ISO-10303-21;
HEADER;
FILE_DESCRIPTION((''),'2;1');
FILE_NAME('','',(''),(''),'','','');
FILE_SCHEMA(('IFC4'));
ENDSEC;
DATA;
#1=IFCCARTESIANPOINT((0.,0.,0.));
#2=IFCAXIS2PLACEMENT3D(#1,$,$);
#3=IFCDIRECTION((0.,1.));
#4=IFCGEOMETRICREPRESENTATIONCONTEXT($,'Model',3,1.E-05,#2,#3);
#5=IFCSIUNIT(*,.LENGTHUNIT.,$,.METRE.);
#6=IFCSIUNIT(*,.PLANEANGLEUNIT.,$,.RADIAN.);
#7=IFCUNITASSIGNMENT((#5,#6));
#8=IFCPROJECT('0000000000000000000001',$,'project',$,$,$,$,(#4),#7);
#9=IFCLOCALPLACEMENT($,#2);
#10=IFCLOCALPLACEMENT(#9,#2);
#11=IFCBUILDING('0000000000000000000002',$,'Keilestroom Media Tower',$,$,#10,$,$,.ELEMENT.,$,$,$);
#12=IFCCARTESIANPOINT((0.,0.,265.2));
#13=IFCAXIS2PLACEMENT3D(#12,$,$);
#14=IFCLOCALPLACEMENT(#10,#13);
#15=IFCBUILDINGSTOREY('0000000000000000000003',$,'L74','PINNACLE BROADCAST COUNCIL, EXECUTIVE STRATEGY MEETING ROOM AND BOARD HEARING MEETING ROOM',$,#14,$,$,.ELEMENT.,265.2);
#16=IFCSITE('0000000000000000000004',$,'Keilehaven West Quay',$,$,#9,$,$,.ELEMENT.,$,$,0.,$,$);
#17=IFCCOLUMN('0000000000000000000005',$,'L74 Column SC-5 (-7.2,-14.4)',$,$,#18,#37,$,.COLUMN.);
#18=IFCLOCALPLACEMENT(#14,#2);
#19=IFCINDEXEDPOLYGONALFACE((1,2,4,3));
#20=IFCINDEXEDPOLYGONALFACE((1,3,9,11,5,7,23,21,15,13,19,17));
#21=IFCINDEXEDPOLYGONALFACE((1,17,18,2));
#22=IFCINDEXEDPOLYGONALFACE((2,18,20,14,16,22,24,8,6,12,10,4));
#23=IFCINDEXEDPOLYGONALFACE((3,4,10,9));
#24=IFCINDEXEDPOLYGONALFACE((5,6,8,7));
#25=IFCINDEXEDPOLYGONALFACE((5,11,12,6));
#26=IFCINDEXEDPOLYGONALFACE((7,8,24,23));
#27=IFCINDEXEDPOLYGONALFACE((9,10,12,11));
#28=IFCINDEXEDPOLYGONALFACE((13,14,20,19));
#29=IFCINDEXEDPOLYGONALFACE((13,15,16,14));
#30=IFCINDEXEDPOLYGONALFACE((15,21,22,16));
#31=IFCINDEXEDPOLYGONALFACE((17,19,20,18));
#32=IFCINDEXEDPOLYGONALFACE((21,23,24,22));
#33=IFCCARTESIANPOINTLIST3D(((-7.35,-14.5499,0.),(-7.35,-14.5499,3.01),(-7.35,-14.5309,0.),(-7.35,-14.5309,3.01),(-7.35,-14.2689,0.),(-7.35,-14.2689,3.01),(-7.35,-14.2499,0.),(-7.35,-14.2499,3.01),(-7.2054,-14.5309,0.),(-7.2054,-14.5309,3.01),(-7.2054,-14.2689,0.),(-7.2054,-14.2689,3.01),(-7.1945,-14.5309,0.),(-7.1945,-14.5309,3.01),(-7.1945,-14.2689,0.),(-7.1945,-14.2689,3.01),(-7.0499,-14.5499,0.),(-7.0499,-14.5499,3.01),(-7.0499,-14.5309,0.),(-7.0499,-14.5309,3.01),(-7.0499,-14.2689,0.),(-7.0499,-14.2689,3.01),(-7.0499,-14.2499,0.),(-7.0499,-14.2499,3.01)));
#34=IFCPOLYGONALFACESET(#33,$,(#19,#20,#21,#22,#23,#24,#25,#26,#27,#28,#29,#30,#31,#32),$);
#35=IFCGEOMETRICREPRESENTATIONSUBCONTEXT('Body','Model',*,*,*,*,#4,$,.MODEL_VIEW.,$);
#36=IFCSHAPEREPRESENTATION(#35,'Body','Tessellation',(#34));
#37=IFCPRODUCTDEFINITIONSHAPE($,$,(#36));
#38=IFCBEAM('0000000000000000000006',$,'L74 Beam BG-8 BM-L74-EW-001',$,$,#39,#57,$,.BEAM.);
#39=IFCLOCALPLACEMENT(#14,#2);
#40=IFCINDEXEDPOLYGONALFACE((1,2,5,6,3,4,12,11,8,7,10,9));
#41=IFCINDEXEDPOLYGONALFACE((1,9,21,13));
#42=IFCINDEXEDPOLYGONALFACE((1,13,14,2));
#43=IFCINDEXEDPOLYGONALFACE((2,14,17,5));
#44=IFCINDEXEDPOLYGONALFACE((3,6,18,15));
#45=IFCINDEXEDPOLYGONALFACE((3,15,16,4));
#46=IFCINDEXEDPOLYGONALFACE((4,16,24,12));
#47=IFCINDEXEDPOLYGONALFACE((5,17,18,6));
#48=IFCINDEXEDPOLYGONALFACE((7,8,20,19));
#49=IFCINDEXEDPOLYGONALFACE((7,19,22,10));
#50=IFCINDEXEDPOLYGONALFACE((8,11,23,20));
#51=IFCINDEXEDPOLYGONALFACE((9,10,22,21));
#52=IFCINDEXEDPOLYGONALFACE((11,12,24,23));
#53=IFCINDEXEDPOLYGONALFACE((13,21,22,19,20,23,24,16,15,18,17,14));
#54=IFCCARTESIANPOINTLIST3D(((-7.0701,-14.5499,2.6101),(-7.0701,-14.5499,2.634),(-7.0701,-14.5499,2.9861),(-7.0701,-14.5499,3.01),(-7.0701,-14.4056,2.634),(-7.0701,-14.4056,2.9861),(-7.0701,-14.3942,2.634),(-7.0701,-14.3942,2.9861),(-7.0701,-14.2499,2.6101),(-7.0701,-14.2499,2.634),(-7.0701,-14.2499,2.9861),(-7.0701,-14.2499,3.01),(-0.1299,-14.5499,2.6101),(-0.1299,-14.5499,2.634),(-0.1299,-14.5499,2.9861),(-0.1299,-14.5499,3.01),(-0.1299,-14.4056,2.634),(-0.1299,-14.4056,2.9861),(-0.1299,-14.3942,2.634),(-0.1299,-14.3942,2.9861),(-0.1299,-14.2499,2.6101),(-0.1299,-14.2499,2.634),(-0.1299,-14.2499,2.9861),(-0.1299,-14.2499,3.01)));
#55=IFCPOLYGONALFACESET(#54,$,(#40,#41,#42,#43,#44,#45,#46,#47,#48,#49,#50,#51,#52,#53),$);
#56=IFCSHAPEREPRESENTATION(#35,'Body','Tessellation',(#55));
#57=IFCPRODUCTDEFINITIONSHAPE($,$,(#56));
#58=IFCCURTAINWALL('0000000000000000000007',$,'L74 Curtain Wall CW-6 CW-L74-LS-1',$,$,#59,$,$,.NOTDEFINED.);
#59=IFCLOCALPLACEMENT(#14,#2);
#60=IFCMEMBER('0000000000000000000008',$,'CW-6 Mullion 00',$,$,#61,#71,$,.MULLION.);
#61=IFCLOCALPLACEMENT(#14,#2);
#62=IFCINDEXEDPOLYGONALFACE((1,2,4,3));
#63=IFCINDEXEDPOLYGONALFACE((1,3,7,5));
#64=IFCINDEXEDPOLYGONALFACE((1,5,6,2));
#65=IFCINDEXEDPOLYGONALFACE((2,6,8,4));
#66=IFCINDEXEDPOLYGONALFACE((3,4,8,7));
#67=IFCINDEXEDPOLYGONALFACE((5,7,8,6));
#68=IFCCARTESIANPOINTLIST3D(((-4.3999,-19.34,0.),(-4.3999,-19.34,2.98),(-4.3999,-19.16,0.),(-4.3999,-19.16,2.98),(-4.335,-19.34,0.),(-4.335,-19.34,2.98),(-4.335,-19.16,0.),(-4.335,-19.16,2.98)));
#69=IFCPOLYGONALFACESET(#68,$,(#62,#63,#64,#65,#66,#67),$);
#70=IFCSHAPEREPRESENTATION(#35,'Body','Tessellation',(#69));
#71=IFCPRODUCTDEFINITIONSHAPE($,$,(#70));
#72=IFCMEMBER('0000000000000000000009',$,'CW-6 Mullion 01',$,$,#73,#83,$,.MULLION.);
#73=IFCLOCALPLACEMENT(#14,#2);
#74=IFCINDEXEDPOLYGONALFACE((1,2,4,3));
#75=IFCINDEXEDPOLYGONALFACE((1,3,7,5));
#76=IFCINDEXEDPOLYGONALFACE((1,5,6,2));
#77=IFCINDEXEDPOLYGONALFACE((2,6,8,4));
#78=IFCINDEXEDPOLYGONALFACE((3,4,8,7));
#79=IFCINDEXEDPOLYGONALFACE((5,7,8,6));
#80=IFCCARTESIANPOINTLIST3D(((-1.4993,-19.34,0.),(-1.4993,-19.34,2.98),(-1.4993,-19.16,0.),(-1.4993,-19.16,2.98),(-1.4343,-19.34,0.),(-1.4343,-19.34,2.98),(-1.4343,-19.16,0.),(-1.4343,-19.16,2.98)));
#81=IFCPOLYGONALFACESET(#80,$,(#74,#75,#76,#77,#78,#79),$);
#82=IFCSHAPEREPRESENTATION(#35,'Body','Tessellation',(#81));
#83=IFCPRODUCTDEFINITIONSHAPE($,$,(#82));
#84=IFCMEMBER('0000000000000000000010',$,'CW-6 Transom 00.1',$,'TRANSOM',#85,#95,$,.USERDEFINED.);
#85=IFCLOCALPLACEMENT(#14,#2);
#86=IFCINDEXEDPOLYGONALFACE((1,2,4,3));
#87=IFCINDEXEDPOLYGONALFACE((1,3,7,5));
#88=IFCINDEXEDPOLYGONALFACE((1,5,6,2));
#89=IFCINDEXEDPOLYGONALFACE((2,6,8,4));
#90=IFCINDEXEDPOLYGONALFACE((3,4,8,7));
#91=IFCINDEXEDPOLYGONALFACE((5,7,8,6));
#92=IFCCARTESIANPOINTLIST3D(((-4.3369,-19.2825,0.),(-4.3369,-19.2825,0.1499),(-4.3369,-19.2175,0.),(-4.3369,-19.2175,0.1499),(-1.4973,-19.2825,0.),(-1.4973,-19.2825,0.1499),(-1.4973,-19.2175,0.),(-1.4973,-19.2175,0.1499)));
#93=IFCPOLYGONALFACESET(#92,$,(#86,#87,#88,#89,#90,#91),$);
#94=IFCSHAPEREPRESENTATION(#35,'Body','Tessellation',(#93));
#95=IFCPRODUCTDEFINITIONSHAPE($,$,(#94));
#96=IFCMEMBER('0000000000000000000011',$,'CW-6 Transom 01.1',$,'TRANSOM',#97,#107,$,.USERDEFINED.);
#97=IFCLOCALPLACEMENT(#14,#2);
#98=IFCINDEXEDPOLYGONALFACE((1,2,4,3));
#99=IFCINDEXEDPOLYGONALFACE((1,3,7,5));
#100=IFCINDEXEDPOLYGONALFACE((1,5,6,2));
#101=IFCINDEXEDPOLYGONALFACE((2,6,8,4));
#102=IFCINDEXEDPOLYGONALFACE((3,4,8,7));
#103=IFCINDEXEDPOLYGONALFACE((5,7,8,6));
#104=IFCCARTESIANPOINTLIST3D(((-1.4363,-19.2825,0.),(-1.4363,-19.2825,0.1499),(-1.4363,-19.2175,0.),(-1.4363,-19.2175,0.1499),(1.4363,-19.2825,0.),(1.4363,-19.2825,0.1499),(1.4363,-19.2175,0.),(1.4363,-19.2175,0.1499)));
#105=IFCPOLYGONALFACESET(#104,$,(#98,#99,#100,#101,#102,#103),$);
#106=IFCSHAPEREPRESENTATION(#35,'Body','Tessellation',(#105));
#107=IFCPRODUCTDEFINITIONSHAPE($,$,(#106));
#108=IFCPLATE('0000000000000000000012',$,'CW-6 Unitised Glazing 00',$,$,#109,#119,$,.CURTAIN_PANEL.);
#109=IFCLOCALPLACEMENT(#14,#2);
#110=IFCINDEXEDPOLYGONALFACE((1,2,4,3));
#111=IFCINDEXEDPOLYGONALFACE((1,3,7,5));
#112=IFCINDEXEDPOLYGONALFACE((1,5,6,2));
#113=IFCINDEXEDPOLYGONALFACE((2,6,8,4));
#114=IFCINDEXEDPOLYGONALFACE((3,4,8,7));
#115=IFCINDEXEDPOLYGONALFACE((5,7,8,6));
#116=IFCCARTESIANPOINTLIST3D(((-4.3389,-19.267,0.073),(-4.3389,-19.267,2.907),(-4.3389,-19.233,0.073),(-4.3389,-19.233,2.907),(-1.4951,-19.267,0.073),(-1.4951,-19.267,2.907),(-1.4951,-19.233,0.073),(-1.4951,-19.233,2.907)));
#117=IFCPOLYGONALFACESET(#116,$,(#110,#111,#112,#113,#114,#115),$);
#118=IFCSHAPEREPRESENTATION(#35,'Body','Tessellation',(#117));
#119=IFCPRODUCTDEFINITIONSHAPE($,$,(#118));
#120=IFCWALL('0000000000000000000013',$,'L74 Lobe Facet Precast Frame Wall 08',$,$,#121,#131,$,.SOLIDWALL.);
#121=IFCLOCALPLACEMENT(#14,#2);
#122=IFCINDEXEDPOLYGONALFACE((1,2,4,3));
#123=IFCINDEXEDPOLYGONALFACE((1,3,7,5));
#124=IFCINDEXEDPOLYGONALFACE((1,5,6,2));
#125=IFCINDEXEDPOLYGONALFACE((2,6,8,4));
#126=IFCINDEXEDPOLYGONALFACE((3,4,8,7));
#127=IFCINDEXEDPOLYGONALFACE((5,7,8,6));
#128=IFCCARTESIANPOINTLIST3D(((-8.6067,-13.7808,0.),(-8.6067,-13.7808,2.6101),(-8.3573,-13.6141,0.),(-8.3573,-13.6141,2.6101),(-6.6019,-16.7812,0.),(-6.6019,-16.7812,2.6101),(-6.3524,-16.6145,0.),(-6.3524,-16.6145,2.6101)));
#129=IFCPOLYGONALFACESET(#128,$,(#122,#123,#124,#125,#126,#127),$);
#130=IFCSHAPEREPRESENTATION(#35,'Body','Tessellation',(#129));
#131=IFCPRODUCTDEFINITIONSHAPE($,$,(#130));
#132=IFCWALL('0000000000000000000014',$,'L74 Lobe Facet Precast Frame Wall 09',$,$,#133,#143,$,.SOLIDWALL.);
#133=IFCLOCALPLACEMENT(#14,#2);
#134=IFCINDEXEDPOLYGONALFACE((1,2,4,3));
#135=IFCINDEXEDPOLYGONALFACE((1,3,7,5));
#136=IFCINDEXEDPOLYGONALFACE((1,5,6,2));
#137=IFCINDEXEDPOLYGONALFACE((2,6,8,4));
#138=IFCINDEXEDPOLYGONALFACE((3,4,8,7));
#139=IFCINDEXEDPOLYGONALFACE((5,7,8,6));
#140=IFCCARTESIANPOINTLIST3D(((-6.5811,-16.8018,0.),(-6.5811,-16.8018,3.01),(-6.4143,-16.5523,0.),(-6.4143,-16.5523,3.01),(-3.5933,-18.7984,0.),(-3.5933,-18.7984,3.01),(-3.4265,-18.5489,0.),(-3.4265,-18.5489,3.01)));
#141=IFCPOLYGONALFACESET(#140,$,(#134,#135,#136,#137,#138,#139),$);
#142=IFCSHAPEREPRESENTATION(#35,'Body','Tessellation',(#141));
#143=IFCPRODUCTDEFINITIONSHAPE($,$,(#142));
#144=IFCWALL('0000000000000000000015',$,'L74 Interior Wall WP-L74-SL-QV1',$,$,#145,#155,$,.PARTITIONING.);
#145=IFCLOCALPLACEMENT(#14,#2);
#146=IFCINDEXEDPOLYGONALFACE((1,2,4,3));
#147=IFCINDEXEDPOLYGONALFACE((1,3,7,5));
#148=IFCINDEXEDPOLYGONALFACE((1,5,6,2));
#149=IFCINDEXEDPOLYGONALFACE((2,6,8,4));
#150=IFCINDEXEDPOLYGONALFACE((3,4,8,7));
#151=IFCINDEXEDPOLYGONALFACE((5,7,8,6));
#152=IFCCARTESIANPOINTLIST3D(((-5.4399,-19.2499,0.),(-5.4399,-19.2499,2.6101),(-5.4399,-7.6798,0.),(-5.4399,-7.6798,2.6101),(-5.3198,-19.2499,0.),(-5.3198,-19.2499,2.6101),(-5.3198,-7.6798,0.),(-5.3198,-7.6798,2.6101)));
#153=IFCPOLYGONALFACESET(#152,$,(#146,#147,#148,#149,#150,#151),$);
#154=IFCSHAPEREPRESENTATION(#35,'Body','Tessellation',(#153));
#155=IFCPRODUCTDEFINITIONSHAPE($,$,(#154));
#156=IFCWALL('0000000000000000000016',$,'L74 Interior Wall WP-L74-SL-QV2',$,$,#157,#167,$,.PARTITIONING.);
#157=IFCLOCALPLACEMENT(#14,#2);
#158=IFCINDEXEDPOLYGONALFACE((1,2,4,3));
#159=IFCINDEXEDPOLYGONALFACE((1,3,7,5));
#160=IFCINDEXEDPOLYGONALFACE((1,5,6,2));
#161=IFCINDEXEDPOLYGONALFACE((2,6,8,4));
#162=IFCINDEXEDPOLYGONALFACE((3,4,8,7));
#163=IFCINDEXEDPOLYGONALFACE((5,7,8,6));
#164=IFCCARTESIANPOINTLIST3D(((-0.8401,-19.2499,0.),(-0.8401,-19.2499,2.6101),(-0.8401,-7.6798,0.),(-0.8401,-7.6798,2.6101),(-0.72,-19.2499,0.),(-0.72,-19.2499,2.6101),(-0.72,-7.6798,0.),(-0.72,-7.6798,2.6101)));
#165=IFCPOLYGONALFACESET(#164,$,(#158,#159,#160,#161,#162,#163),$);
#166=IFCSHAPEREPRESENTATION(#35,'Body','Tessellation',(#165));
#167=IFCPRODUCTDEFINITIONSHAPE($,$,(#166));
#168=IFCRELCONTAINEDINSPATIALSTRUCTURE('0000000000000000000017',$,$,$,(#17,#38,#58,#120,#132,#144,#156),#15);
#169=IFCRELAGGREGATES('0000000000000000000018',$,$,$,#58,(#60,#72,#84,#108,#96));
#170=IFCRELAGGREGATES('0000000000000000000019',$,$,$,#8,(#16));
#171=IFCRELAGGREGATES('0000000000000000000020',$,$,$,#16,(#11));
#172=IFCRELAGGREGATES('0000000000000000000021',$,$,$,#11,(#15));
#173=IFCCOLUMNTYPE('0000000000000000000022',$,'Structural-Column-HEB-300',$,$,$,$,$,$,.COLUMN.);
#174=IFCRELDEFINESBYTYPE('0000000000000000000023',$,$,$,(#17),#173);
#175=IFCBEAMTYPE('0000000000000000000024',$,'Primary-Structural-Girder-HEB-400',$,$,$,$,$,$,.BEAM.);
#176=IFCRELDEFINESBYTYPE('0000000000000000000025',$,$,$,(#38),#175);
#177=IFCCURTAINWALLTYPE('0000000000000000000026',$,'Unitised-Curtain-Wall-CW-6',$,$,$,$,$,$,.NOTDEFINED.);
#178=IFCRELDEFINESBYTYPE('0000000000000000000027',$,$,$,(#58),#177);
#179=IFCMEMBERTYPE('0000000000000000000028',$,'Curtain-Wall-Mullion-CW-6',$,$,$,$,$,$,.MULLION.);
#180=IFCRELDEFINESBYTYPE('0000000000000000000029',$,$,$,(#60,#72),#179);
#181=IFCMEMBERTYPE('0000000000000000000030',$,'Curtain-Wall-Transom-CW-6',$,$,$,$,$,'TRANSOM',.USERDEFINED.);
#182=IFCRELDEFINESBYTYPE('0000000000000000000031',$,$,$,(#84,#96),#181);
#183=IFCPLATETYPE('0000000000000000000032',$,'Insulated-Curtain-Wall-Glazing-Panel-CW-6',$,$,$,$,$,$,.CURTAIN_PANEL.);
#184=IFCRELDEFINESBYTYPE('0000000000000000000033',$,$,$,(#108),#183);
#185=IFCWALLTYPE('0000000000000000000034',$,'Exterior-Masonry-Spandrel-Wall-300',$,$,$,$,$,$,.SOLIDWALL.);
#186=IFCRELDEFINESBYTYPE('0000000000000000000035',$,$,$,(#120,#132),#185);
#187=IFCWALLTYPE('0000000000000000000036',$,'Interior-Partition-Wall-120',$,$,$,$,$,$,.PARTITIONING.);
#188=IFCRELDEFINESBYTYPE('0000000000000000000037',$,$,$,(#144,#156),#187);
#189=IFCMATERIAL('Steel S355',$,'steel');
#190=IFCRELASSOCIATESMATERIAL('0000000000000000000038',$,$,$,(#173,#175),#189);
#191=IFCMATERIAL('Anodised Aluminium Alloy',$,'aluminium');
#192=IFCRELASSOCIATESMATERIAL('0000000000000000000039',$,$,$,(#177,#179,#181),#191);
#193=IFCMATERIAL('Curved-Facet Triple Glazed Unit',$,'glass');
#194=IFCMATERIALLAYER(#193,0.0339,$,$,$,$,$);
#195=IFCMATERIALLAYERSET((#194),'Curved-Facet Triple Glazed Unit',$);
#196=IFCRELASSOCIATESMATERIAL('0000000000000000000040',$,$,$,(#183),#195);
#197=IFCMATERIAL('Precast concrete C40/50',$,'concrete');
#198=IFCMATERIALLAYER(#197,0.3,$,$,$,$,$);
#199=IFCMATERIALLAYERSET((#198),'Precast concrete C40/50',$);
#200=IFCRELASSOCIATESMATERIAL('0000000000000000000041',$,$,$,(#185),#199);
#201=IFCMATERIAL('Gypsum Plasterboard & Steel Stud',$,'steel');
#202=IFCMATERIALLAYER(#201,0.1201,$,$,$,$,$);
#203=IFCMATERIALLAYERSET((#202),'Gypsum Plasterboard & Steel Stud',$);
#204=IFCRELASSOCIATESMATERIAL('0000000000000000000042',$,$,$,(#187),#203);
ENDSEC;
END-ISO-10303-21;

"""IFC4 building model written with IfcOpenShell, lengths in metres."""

from ifc_helpers import new_model, si_unit, direction, frame, frame_2d, origin, origin_2d, place, context, subcontext, project, spatial, rectangle, i_section, extrude, source, transform, mapped, material, layer, layer_set, material_profile, profile_set, type_object, element, aggregate, save


model = new_model("IFC4")

# Units and contexts
model_context = context("Model", 3, precision=1e-05, world=origin(), true_north=direction((0.0, 1.0)))
body_context = subcontext(model_context, "Body", "Model", "MODEL_VIEW")
ifc_project = project(units=[si_unit("LENGTHUNIT", "METRE"), si_unit("PLANEANGLEUNIT", "RADIAN")], contexts=[model_context])

# Site, building, storey
site_placement = place(None, origin())
site = spatial("IfcSite", under=ifc_project, at=site_placement, Name="Keilehaven West Quay", CompositionType="ELEMENT", RefElevation=0.0)
building_placement = place(site_placement, origin())
building = spatial("IfcBuilding", under=site, at=building_placement, Name="Keilestroom Media Tower", CompositionType="ELEMENT")
storey_placement = place(building_placement, frame((0.0, 0.0, 265.2)))
storey = spatial("IfcBuildingStorey", under=building, at=storey_placement, Name="L74", Description="PINNACLE BROADCAST COUNCIL, EXECUTIVE STRATEGY MEETING ROOM AND BOARD HEARING MEETING ROOM", CompositionType="ELEMENT", Elevation=265.2)

# Column
ifc_material_1 = material(Name="Steel S355", Category="steel")
ifc_material_profile_1 = material_profile(ifc_material_1, i_section(OverallWidth=0.3, OverallDepth=0.3, WebThickness=0.011, FlangeThickness=0.019, at=origin_2d()), Name="HEB 300")
ifc_profile_set_1 = profile_set([ifc_material_profile_1], Name="Steel S355")
column_type = type_object("IfcColumnType", Name="Structural-Column-HEB-300", PredefinedType="COLUMN", material=ifc_profile_set_1)
shared_shape_1 = source(origin(), body_context, "Body", "SweptSolid", [
    extrude(i_section(OverallWidth=0.3, OverallDepth=0.3, WebThickness=0.011, FlangeThickness=0.019, at=origin_2d()), origin(), (0.0, 0.0, 1.0), 3.01),
])
column_placement = place(storey_placement, frame((-7.2, -14.3999, 0.0), z_axis=(0.0, 0.0, 1.0), x_axis=(1.0, 0.0, 0.0)))
element("IfcColumn", 1, at=column_placement, inside=storey, type_object=column_type, Name="L74 Column SC-5 (-7.2,-14.4)", PredefinedType="COLUMN", context=body_context, shape_type="MappedRepresentation", body=[
    mapped(shared_shape_1, transform((0.0, 0.0, 0.0), x_axis=(1.0, 0.0, 0.0), y_axis=(0.0, 1.0, 0.0), z_axis=(0.0, 0.0, 1.0), scale=1.0)),
])

# Beam
ifc_material_profile_2 = material_profile(ifc_material_1, i_section(OverallWidth=0.3, OverallDepth=0.3999, WebThickness=0.0115, FlangeThickness=0.0239, at=origin_2d()), Name="HEB 400")
ifc_profile_set_2 = profile_set([ifc_material_profile_2], Name="Steel S355")
beam_type = type_object("IfcBeamType", Name="Primary-Structural-Girder-HEB-400", PredefinedType="BEAM", material=ifc_profile_set_2)
shared_shape_2 = source(origin(), body_context, "Body", "SweptSolid", [
    extrude(i_section(OverallWidth=0.3, OverallDepth=0.3999, WebThickness=0.0115, FlangeThickness=0.0239, at=origin_2d()), origin(), (0.0, 0.0, 1.0), 6.9402),
])
beam_placement = place(storey_placement, frame((-7.0701, -14.3999, 2.8101), z_axis=(1.0, 0.0, 0.0), x_axis=(0.0, 1.0, 0.0)))
element("IfcBeam", 2, at=beam_placement, inside=storey, type_object=beam_type, Name="L74 Beam BG-8 BM-L74-EW-001", PredefinedType="BEAM", context=body_context, shape_type="MappedRepresentation", body=[
    mapped(shared_shape_2, transform((0.0, 0.0, 0.0), x_axis=(1.0, 0.0, 0.0), y_axis=(0.0, 1.0, 0.0), z_axis=(0.0, 0.0, 1.0), scale=1.0)),
])

# Curtain wall, members, plate
ifc_material_2 = material(Name="Anodised Aluminium Alloy", Category="aluminium")
curtain_wall_type = type_object("IfcCurtainWallType", Name="Unitised-Curtain-Wall-CW-6", PredefinedType="NOTDEFINED", material=ifc_material_2)
curtain_wall_placement = place(storey_placement, origin())
curtain_wall = element("IfcCurtainWall", 3, at=curtain_wall_placement, inside=storey, type_object=curtain_wall_type, Name="L74 Curtain Wall CW-6 CW-L74-LS-1", PredefinedType="NOTDEFINED")
ifc_material_profile_3 = material_profile(ifc_material_2, rectangle(XDim=0.0649, YDim=0.1799, at=origin_2d()), Name="ALU MULLION 65x180")
ifc_profile_set_3 = profile_set([ifc_material_profile_3], Name="Anodised Aluminium Alloy")
member_type_1 = type_object("IfcMemberType", Name="Curtain-Wall-Mullion-CW-6", PredefinedType="MULLION", material=ifc_profile_set_3)
shared_shape_3 = source(origin(), body_context, "Body", "SweptSolid", [
    extrude(rectangle(XDim=0.0649, YDim=0.1799, at=origin_2d()), origin(), (0.0, 0.0, 1.0), 2.98),
])
member_1_placement = place(storey_placement, frame((-4.3674, -19.25, 0.0), z_axis=(0.0, 0.0, 1.0), x_axis=(1.0, 0.0, 0.0)))
member_1 = element("IfcMember", 4, at=member_1_placement, type_object=member_type_1, Name="CW-6 Mullion 00", PredefinedType="MULLION", context=body_context, shape_type="MappedRepresentation", body=[
    mapped(shared_shape_3, transform((0.0, 0.0, 0.0), x_axis=(1.0, 0.0, 0.0), y_axis=(0.0, 1.0, 0.0), z_axis=(0.0, 0.0, 1.0), scale=1.0)),
])
member_2_placement = place(storey_placement, frame((-1.4668, -19.25, 0.0), z_axis=(0.0, 0.0, 1.0), x_axis=(1.0, 0.0, 0.0)))
member_2 = element("IfcMember", 5, at=member_2_placement, type_object=member_type_1, Name="CW-6 Mullion 01", PredefinedType="MULLION", context=body_context, shape_type="MappedRepresentation", body=[
    mapped(shared_shape_3, transform((0.0, 0.0, 0.0), x_axis=(1.0, 0.0, 0.0), y_axis=(0.0, 1.0, 0.0), z_axis=(0.0, 0.0, 1.0), scale=1.0)),
])
ifc_material_profile_4 = material_profile(ifc_material_2, rectangle(XDim=0.0649, YDim=0.1499, at=origin_2d()), Name="ALU TRANSOM 65x150")
ifc_profile_set_4 = profile_set([ifc_material_profile_4], Name="Anodised Aluminium Alloy")
member_type_2 = type_object("IfcMemberType", Name="Curtain-Wall-Transom-CW-6", ElementType="TRANSOM", PredefinedType="USERDEFINED", material=ifc_profile_set_4)
shared_shape_4 = source(origin(), body_context, "Body", "SweptSolid", [
    extrude(rectangle(XDim=0.0649, YDim=0.1499, at=origin_2d()), origin(), (0.0, 0.0, 1.0), 2.8396),
])
member_3_placement = place(storey_placement, frame((-4.3369, -19.25, 0.075), z_axis=(1.0, 0.0, 0.0), x_axis=(0.0, 1.0, 0.0)))
member_3 = element("IfcMember", 6, at=member_3_placement, type_object=member_type_2, Name="CW-6 Transom 00.1", ObjectType="TRANSOM", PredefinedType="USERDEFINED", context=body_context, shape_type="MappedRepresentation", body=[
    mapped(shared_shape_4, transform((0.0, 0.0, 0.0), x_axis=(1.0, 0.0, 0.0), y_axis=(0.0, 1.0, 0.0), z_axis=(0.0, 0.0, 1.0), scale=1.0)),
])
shared_shape_5 = source(origin(), body_context, "Body", "SweptSolid", [
    extrude(rectangle(XDim=0.0649, YDim=0.1499, at=origin_2d()), origin(), (0.0, 0.0, 1.0), 2.8726),
])
member_4_placement = place(storey_placement, frame((-1.4363, -19.25, 0.075), z_axis=(1.0, 0.0, 0.0), x_axis=(0.0, 1.0, 0.0)))
member_4 = element("IfcMember", 7, at=member_4_placement, type_object=member_type_2, Name="CW-6 Transom 01.1", ObjectType="TRANSOM", PredefinedType="USERDEFINED", context=body_context, shape_type="MappedRepresentation", body=[
    mapped(shared_shape_5, transform((0.0, 0.0, 0.0), x_axis=(1.0, 0.0, 0.0), y_axis=(0.0, 1.0, 0.0), z_axis=(0.0, 0.0, 1.0), scale=1.0)),
])
ifc_material_3 = material(Name="Curved-Facet Triple Glazed Unit", Category="glass")
ifc_layer_1 = layer(ifc_material_3, 0.0339)
ifc_layer_set_1 = layer_set([ifc_layer_1], Name="Curved-Facet Triple Glazed Unit")
plate_type = type_object("IfcPlateType", Name="Insulated-Curtain-Wall-Glazing-Panel-CW-6", PredefinedType="CURTAIN_PANEL", material=ifc_layer_set_1)
shared_shape_6 = source(origin(), body_context, "Body", "SweptSolid", [
    extrude(rectangle(XDim=2.8438, YDim=0.0339, at=origin_2d()), origin(), (0.0, 0.0, 1.0), 2.834),
])
plate_placement = place(storey_placement, frame((-2.917, -19.25, 0.073), z_axis=(0.0, 0.0, 1.0), x_axis=(1.0, 0.0, 0.0)))
plate = element("IfcPlate", 8, at=plate_placement, type_object=plate_type, Name="CW-6 Unitised Glazing 00", PredefinedType="CURTAIN_PANEL", context=body_context, shape_type="MappedRepresentation", body=[
    mapped(shared_shape_6, transform((0.0, 0.0, 0.0), x_axis=(1.0, 0.0, 0.0), y_axis=(0.0, 1.0, 0.0), z_axis=(0.0, 0.0, 1.0), scale=1.0)),
])
aggregate(curtain_wall, [member_1, member_2, member_3, plate, member_4])

# Walls
ifc_material_4 = material(Name="Precast concrete C40/50", Category="concrete")
ifc_layer_2 = layer(ifc_material_4, 0.3)
ifc_layer_set_2 = layer_set([ifc_layer_2], Name="Precast concrete C40/50")
wall_type_1 = type_object("IfcWallType", Name="Exterior-Masonry-Spandrel-Wall-300", PredefinedType="SOLIDWALL", material=ifc_layer_set_2)
wall_1_placement = place(storey_placement, frame((-8.4819, -13.6975, 0.0), z_axis=(0.0, 0.0, 1.0), x_axis=(0.555574, -0.831467, 0.0)))
element("IfcWall", 9, at=wall_1_placement, inside=storey, type_object=wall_type_1, Name="L74 Lobe Facet Precast Frame Wall 08", PredefinedType="SOLIDWALL", context=body_context, shape_type="SweptSolid", body=[
    extrude(rectangle(XDim=3.6086, YDim=0.3, at=frame_2d((1.8042, 0.0))), origin(), (0.0, 0.0, 1.0), 2.6101),
])
wall_2_placement = place(storey_placement, frame((-6.4978, -16.677, 0.0), z_axis=(0.0, 0.0, 1.0), x_axis=(0.831444, -0.555609, 0.0)))
element("IfcWall", 10, at=wall_2_placement, inside=storey, type_object=wall_type_1, Name="L74 Lobe Facet Precast Frame Wall 09", PredefinedType="SOLIDWALL", context=body_context, shape_type="SweptSolid", body=[
    extrude(rectangle(XDim=3.5935, YDim=0.3, at=frame_2d((1.7969, 0.0))), origin(), (0.0, 0.0, 1.0), 3.01),
])
ifc_material_5 = material(Name="Gypsum Plasterboard & Steel Stud", Category="steel")
ifc_layer_3 = layer(ifc_material_5, 0.1201)
ifc_layer_set_3 = layer_set([ifc_layer_3], Name="Gypsum Plasterboard & Steel Stud")
wall_type_2 = type_object("IfcWallType", Name="Interior-Partition-Wall-120", PredefinedType="PARTITIONING", material=ifc_layer_set_3)
for number, where, z_axis, x_axis, name in (
    (11, (-5.3799, -19.25, 0.0), (0.0, 0.0, 1.0), (0.0, 1.0, 0.0), "L74 Interior Wall WP-L74-SL-QV1"),
    (12, (-0.78, -19.25, 0.0), (0.0, 0.0, 1.0), (0.0, 1.0, 0.0), "L74 Interior Wall WP-L74-SL-QV2"),
):
    element("IfcWall", number, at=place(storey_placement, frame(where, z_axis=z_axis, x_axis=x_axis)), inside=storey, type_object=wall_type_2, Name=name, PredefinedType="PARTITIONING", context=body_context, shape_type="SweptSolid", body=[
        extrude(rectangle(XDim=11.5701, YDim=0.1201, at=frame_2d((5.7852, 0.0))), origin(), (0.0, 0.0, 1.0), 2.6101),
    ])

save(model, "model.ifc")
